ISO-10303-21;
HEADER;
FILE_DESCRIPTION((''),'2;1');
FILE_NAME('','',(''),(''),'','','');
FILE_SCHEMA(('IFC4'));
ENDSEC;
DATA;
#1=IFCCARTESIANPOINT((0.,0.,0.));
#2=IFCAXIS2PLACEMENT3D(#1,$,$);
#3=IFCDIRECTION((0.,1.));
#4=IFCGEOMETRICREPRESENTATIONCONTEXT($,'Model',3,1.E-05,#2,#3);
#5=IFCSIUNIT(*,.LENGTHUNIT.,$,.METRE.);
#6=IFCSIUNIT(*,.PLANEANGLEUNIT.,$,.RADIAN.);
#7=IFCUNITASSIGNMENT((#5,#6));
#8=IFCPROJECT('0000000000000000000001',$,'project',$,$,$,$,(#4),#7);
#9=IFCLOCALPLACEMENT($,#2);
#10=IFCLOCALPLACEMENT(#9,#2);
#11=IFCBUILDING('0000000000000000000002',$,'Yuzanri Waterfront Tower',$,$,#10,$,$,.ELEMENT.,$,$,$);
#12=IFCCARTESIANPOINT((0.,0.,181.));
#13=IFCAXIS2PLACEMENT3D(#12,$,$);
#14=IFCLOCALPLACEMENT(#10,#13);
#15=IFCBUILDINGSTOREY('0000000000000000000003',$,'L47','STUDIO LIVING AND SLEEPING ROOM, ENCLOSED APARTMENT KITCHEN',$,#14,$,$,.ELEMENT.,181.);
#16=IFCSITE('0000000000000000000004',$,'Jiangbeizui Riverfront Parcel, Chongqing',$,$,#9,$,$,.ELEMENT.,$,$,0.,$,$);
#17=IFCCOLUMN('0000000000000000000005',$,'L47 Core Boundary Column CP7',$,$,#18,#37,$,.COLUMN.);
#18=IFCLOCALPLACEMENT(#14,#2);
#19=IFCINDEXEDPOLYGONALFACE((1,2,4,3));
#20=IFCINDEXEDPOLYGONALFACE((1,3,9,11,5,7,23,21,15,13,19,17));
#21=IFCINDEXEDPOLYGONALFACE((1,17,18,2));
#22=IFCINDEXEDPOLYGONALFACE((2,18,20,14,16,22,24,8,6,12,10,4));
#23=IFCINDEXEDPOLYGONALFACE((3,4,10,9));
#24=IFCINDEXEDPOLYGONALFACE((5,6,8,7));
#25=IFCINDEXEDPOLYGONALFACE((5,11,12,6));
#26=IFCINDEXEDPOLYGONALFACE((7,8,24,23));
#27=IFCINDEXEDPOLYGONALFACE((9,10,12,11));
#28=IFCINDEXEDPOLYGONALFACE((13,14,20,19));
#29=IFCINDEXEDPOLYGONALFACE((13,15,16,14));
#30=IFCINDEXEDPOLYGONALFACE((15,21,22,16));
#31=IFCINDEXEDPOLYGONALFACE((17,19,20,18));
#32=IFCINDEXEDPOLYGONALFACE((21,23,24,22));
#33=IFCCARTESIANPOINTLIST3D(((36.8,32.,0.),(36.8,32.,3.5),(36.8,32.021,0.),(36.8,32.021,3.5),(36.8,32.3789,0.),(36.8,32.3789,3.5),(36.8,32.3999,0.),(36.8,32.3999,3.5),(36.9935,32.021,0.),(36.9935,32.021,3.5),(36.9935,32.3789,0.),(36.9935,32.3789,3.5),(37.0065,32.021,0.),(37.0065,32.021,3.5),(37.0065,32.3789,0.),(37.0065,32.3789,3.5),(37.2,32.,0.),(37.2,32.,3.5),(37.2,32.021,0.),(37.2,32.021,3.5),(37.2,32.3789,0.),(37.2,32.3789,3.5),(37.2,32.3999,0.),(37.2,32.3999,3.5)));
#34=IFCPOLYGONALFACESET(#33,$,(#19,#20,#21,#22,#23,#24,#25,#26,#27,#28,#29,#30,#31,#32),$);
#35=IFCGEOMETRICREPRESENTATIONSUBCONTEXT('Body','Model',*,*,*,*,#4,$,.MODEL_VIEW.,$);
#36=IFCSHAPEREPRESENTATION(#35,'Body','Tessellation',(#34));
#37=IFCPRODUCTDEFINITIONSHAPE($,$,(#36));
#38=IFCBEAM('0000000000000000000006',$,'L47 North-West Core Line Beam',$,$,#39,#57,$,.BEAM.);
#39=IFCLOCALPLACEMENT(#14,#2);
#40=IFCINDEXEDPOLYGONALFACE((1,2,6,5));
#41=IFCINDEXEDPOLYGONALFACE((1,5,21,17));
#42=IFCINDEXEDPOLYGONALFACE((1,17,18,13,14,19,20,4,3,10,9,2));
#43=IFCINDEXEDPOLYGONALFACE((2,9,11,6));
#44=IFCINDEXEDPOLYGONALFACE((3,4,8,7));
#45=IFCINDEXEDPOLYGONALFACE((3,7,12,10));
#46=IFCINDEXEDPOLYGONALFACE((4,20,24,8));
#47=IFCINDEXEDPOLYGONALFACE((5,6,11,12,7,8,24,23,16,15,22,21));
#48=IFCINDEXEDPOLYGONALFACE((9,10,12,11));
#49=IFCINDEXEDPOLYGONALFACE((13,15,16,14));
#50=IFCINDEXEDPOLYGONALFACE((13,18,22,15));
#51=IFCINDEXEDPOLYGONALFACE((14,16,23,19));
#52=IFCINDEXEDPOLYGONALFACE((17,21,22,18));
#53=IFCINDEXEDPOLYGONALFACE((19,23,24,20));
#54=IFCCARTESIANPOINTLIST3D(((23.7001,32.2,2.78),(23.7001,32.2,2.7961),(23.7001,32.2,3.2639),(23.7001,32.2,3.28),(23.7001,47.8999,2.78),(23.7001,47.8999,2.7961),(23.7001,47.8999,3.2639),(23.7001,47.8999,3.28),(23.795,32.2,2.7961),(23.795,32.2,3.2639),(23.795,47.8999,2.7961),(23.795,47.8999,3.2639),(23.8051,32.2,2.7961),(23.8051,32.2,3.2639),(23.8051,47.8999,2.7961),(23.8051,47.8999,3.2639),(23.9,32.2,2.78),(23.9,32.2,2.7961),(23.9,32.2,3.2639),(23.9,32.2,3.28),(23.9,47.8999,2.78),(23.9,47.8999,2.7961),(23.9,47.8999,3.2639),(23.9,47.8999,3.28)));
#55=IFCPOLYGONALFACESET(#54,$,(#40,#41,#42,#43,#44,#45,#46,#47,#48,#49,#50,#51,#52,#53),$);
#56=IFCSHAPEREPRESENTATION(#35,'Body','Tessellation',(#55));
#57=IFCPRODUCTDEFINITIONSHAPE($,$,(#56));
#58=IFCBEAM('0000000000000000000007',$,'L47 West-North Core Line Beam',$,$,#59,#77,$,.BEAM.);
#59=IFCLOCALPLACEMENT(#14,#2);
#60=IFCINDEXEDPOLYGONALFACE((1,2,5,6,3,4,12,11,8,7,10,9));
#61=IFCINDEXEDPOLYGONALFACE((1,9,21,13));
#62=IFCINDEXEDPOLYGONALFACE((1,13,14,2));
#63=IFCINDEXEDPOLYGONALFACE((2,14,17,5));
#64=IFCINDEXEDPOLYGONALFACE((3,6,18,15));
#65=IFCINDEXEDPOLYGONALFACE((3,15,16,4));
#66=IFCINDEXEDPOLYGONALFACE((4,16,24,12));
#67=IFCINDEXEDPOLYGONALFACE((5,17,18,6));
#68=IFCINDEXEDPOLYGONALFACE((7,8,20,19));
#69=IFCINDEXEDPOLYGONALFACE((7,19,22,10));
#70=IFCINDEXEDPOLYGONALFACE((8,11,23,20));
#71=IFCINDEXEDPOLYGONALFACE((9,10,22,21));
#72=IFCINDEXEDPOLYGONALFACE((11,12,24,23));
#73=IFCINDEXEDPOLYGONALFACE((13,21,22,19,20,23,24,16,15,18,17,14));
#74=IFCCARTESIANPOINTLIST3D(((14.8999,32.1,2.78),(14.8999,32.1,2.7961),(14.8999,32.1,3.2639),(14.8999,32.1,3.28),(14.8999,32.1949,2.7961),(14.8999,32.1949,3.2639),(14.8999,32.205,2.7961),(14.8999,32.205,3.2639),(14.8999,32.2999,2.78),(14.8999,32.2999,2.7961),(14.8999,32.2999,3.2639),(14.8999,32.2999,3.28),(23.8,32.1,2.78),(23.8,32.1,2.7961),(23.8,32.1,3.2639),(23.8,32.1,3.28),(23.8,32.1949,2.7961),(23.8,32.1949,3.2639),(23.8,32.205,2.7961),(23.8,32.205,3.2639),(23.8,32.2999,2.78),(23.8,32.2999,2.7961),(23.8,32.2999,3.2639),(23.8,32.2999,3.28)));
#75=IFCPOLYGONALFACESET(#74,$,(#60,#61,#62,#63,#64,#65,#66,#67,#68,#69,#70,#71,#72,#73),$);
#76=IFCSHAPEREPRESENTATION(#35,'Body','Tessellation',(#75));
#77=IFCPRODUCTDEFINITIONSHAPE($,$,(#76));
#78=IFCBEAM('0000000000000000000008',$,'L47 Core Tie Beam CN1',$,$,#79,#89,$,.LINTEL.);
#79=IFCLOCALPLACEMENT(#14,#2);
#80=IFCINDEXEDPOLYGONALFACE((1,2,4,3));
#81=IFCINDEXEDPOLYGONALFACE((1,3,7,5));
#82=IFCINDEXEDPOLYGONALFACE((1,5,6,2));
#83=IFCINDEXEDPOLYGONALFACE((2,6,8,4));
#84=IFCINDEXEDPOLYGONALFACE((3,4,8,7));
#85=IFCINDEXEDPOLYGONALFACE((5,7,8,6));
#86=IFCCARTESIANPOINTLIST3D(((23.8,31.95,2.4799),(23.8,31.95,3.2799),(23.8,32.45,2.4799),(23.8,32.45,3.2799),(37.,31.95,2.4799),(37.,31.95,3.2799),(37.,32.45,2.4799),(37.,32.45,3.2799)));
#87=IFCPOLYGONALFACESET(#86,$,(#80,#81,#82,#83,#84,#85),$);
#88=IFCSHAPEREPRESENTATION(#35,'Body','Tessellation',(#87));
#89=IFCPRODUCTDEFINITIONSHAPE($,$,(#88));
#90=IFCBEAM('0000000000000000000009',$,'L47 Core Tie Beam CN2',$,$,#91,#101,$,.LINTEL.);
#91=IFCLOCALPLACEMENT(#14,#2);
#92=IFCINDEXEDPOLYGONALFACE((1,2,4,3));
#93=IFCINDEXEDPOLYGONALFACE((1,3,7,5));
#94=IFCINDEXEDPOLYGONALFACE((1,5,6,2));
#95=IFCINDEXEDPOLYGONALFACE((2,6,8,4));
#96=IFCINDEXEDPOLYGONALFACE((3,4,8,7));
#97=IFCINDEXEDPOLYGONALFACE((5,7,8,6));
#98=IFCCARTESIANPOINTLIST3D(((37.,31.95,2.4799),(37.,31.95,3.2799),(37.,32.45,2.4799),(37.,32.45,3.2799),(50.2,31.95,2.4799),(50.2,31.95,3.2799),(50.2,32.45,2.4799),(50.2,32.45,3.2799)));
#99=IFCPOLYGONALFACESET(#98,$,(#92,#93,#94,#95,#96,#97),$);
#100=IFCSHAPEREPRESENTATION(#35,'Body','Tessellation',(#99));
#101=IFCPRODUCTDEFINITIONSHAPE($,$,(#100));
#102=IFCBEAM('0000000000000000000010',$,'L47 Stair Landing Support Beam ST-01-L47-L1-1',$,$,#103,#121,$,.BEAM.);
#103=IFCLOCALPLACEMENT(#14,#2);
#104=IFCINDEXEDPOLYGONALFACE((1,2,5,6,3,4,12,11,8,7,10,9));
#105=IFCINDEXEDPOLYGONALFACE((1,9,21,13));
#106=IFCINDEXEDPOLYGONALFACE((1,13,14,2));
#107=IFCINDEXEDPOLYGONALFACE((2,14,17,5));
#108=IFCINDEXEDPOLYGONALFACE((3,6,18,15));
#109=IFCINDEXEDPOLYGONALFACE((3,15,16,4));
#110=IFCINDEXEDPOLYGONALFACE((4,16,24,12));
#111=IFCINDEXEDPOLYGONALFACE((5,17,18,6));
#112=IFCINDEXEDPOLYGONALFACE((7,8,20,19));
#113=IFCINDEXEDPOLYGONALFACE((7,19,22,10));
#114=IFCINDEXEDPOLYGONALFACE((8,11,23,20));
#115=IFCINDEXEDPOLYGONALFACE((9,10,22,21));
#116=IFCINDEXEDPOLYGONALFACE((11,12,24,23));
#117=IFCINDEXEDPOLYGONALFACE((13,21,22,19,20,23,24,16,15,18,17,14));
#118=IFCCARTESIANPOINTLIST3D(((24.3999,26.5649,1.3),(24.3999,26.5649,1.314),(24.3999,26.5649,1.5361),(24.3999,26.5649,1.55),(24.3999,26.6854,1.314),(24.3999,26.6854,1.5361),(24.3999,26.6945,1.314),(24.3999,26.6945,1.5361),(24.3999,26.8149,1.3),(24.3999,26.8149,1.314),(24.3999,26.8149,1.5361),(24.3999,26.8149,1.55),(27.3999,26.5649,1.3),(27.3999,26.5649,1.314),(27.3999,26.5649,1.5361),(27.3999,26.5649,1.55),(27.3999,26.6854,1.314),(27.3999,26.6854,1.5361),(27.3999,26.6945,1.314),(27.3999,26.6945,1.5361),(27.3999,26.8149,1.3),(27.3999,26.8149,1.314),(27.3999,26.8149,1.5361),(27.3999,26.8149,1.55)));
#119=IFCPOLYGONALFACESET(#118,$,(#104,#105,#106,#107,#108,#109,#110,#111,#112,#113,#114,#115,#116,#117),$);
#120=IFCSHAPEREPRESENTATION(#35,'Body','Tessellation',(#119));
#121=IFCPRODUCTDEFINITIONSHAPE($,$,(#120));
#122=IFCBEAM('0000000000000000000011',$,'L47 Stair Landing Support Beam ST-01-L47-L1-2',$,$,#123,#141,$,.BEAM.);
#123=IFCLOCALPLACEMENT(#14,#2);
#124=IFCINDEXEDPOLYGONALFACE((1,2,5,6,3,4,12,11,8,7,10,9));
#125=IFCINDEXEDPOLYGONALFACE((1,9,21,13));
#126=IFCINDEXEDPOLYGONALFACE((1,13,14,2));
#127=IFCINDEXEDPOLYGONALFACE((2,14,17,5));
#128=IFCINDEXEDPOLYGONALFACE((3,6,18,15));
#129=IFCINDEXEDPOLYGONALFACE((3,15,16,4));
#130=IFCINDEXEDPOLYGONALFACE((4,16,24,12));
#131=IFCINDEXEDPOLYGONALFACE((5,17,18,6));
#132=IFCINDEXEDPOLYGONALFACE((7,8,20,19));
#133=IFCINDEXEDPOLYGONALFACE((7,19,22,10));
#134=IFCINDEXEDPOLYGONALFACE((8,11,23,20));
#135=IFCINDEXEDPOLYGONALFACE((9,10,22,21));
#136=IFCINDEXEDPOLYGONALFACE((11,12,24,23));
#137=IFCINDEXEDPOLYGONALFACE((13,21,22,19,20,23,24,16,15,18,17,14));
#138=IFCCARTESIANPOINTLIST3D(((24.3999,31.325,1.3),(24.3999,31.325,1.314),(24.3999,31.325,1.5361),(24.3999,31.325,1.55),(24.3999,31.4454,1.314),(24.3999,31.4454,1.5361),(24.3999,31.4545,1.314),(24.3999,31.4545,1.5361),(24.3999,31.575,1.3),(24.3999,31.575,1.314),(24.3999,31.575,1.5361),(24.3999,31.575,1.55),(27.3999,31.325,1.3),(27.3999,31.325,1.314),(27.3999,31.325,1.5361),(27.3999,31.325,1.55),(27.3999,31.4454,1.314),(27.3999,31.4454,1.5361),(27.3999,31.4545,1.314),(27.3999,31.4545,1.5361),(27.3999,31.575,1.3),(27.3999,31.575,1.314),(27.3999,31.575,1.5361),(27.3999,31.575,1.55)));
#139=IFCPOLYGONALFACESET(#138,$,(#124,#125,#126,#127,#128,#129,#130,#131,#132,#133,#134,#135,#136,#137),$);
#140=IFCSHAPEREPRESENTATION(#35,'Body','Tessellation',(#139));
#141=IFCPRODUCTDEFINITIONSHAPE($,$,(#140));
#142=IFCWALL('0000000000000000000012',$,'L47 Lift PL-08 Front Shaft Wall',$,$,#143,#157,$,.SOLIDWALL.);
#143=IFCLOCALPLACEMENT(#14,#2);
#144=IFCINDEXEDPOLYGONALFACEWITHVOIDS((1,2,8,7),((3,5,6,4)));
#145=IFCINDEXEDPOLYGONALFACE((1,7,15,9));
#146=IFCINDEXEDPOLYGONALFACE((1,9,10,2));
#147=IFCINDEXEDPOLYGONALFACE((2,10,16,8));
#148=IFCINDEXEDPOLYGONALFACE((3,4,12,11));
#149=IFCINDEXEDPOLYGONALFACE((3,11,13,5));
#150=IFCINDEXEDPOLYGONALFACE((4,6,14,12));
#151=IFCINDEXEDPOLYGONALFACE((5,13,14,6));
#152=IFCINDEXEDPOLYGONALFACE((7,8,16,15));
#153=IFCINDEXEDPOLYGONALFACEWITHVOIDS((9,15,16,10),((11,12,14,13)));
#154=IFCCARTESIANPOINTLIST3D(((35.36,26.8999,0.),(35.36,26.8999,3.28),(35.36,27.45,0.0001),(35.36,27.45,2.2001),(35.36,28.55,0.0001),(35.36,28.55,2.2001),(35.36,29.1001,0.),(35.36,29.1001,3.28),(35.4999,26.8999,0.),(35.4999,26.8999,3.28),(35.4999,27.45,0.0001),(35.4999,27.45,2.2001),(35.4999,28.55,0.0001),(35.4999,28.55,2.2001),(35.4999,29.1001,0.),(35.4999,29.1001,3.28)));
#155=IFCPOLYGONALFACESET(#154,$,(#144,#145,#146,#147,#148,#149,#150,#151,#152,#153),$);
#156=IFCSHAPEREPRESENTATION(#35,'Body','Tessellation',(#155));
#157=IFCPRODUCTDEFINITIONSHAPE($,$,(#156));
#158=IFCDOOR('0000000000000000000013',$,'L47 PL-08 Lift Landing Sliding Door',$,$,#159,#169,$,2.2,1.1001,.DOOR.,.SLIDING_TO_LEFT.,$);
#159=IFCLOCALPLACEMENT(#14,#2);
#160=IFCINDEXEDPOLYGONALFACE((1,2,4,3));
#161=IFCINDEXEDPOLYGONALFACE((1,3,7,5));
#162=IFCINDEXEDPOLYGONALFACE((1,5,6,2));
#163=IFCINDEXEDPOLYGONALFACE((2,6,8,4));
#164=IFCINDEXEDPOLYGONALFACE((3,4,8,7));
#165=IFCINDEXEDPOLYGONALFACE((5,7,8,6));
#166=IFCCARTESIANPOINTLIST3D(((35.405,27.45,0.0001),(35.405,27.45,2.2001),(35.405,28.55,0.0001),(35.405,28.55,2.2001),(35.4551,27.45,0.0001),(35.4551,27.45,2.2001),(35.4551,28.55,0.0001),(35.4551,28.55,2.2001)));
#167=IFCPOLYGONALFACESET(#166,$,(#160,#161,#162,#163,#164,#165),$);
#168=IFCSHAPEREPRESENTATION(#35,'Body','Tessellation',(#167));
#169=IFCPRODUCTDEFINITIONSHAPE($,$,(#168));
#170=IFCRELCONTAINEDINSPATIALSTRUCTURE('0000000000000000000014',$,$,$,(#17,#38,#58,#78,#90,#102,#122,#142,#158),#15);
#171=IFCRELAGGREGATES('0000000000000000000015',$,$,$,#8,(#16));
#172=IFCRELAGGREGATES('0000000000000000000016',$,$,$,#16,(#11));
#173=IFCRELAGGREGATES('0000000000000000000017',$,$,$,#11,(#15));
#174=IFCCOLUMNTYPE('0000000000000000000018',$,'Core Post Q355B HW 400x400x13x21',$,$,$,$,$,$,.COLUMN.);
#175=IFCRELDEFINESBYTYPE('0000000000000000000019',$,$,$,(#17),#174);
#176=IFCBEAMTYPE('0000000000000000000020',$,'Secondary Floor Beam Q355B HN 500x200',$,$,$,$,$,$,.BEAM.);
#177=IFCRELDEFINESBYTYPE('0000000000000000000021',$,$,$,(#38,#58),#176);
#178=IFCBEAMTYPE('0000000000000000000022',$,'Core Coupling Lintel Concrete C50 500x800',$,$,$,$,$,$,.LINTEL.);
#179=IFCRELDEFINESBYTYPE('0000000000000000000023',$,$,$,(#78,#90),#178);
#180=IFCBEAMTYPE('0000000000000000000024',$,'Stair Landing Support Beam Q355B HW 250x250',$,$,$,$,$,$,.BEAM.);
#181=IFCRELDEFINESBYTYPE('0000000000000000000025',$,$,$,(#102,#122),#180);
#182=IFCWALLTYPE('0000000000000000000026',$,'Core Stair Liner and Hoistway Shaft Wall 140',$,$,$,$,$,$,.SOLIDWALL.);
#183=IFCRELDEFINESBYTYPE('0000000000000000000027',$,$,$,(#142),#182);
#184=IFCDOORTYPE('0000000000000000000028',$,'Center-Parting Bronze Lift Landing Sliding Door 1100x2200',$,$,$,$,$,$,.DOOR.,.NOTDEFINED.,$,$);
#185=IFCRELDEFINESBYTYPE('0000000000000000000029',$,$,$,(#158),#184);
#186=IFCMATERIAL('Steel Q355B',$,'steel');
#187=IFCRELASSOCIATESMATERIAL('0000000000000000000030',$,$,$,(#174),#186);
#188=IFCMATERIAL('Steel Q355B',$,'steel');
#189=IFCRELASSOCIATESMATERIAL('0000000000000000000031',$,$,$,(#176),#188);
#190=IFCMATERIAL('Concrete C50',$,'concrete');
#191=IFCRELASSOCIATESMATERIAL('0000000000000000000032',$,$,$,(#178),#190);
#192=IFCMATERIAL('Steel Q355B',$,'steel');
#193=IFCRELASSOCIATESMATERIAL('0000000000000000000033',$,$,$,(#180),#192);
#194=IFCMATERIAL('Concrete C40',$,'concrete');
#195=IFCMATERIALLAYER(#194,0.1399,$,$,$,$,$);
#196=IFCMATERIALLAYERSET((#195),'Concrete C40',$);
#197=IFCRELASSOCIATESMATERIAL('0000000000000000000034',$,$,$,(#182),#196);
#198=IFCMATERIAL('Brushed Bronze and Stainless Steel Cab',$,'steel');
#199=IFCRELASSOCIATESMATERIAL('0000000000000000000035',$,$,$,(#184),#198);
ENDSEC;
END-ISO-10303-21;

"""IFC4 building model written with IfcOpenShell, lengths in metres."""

from ifc_helpers import new_model, si_unit, direction, frame, frame_2d, origin, origin_2d, place, context, subcontext, project, spatial, rectangle, i_section, extrude, source, transform, mapped, material, layer, layer_set, material_profile, profile_set, type_object, element, fill, save


model = new_model("IFC4")

# Units and contexts
model_context = context("Model", 3, precision=1e-05, world=origin(), true_north=direction((0.0, 1.0)))
body_context = subcontext(model_context, "Body", "Model", "MODEL_VIEW")
ifc_project = project(units=[si_unit("LENGTHUNIT", "METRE"), si_unit("PLANEANGLEUNIT", "RADIAN")], contexts=[model_context])

# Site, building, storey
site_placement = place(None, origin())
site = spatial("IfcSite", under=ifc_project, at=site_placement, Name="Jiangbeizui Riverfront Parcel, Chongqing", CompositionType="ELEMENT", RefElevation=0.0)
building_placement = place(site_placement, origin())
building = spatial("IfcBuilding", under=site, at=building_placement, Name="Yuzanri Waterfront Tower", CompositionType="ELEMENT")
storey_placement = place(building_placement, frame((0.0, 0.0, 181.0)))
storey = spatial("IfcBuildingStorey", under=building, at=storey_placement, Name="L47", Description="STUDIO LIVING AND SLEEPING ROOM, ENCLOSED APARTMENT KITCHEN", CompositionType="ELEMENT", Elevation=181.0)

# Column
ifc_material_1 = material(Name="Steel Q355B", Category="steel")
ifc_material_profile_1 = material_profile(ifc_material_1, i_section(OverallWidth=0.3999, OverallDepth=0.3999, WebThickness=0.0129, FlangeThickness=0.021, at=origin_2d()), Name="HW 400x400x13x21")
ifc_profile_set_1 = profile_set([ifc_material_profile_1], Name="Steel Q355B")
column_type = type_object("IfcColumnType", Name="Core Post Q355B HW 400x400x13x21", PredefinedType="COLUMN", material=ifc_profile_set_1)
shared_shape_1 = source(origin(), body_context, "Body", "SweptSolid", [
    extrude(i_section(OverallWidth=0.3999, OverallDepth=0.3999, WebThickness=0.0129, FlangeThickness=0.021, at=origin_2d()), origin(), (0.0, 0.0, 1.0), 3.5),
])
column_placement = place(storey_placement, frame((37.0, 32.2, 0.0), z_axis=(0.0, 0.0, 1.0), x_axis=(1.0, 0.0, 0.0)))
element("IfcColumn", 1, at=column_placement, inside=storey, type_object=column_type, Name="L47 Core Boundary Column CP7", PredefinedType="COLUMN", context=body_context, shape_type="MappedRepresentation", body=[
    mapped(shared_shape_1, transform((0.0, 0.0, 0.0), scale=1.0)),
])

# Beams
ifc_material_2 = material(Name="Steel Q355B", Category="steel")
ifc_material_profile_2 = material_profile(ifc_material_2, i_section(OverallWidth=0.2, OverallDepth=0.5, WebThickness=0.01, FlangeThickness=0.0161, at=origin_2d()), Name="HN 500x200x10x16")
ifc_profile_set_2 = profile_set([ifc_material_profile_2], Name="Steel Q355B")
beam_type_1 = type_object("IfcBeamType", Name="Secondary Floor Beam Q355B HN 500x200", PredefinedType="BEAM", material=ifc_profile_set_2)
shared_shape_2 = source(origin(), body_context, "Body", "SweptSolid", [
    extrude(i_section(OverallWidth=0.2, OverallDepth=0.5, WebThickness=0.01, FlangeThickness=0.0161, at=origin_2d()), origin(), (0.0, 0.0, 1.0), 15.7),
])
beam_1_placement = place(storey_placement, frame((23.8, 32.2, 3.03), z_axis=(0.0, 1.0, 0.0), x_axis=(-1.0, 0.0, 0.0)))
element("IfcBeam", 2, at=beam_1_placement, inside=storey, type_object=beam_type_1, Name="L47 North-West Core Line Beam", PredefinedType="BEAM", context=body_context, shape_type="MappedRepresentation", body=[
    mapped(shared_shape_2, transform((0.0, 0.0, 0.0), scale=1.0)),
])
shared_shape_3 = source(origin(), body_context, "Body", "SweptSolid", [
    extrude(i_section(OverallWidth=0.2, OverallDepth=0.5, WebThickness=0.01, FlangeThickness=0.0161, at=origin_2d()), origin(), (0.0, 0.0, 1.0), 8.9001),
])
beam_2_placement = place(storey_placement, frame((23.8, 32.2, 3.03), z_axis=(-1.0, 0.0, 0.0), x_axis=(0.0, -1.0, 0.0)))
element("IfcBeam", 3, at=beam_2_placement, inside=storey, type_object=beam_type_1, Name="L47 West-North Core Line Beam", PredefinedType="BEAM", context=body_context, shape_type="MappedRepresentation", body=[
    mapped(shared_shape_3, transform((0.0, 0.0, 0.0), scale=1.0)),
])
ifc_material_3 = material(Name="Concrete C50", Category="concrete")
ifc_material_profile_3 = material_profile(ifc_material_3, rectangle(XDim=0.5, YDim=0.8, at=origin_2d()), Name="RC 500x800")
ifc_profile_set_3 = profile_set([ifc_material_profile_3], Name="Concrete C50")
beam_type_2 = type_object("IfcBeamType", Name="Core Coupling Lintel Concrete C50 500x800", PredefinedType="LINTEL", material=ifc_profile_set_3)
shared_shape_4 = source(origin(), body_context, "Body", "SweptSolid", [
    extrude(rectangle(XDim=0.5, YDim=0.8, at=origin_2d()), origin(), (0.0, 0.0, 1.0), 13.2),
])
for number, where, z_axis, x_axis, name in (
    (4, (23.8, 32.2, 2.8799), (1.0, 0.0, 0.0), (0.0, 1.0, 0.0), "L47 Core Tie Beam CN1"),
    (5, (37.0, 32.2, 2.8799), (1.0, 0.0, 0.0), (0.0, 1.0, 0.0), "L47 Core Tie Beam CN2"),
):
    element("IfcBeam", number, at=place(storey_placement, frame(where, z_axis=z_axis, x_axis=x_axis)), inside=storey, type_object=beam_type_2, Name=name, PredefinedType="LINTEL", context=body_context, shape_type="MappedRepresentation", body=[
        mapped(shared_shape_4, transform((0.0, 0.0, 0.0), scale=1.0)),
    ])
ifc_material_4 = material(Name="Steel Q355B", Category="steel")
ifc_material_profile_4 = material_profile(ifc_material_4, i_section(OverallWidth=0.25, OverallDepth=0.25, WebThickness=0.009, FlangeThickness=0.0139, at=origin_2d()), Name="HW 250x250x9x14")
ifc_profile_set_4 = profile_set([ifc_material_profile_4], Name="Steel Q355B")
beam_type_3 = type_object("IfcBeamType", Name="Stair Landing Support Beam Q355B HW 250x250", PredefinedType="BEAM", material=ifc_profile_set_4)
shared_shape_5 = source(origin(), body_context, "Body", "SweptSolid", [
    extrude(i_section(OverallWidth=0.25, OverallDepth=0.25, WebThickness=0.009, FlangeThickness=0.0139, at=origin_2d()), origin(), (0.0, 0.0, 1.0), 3.0),
])
for number, where, z_axis, x_axis, name in (
    (6, (24.3999, 26.6899, 1.425), (1.0, 0.0, 0.0), (0.0, 1.0, 0.0), "L47 Stair Landing Support Beam ST-01-L47-L1-1"),
    (7, (24.3999, 31.45, 1.425), (1.0, 0.0, 0.0), (0.0, 1.0, 0.0), "L47 Stair Landing Support Beam ST-01-L47-L1-2"),
):
    element("IfcBeam", number, at=place(storey_placement, frame(where, z_axis=z_axis, x_axis=x_axis)), inside=storey, type_object=beam_type_3, Name=name, PredefinedType="BEAM", context=body_context, shape_type="MappedRepresentation", body=[
        mapped(shared_shape_5, transform((0.0, 0.0, 0.0), scale=1.0)),
    ])

# Wall, opening, door
ifc_material_5 = material(Name="Concrete C40", Category="concrete")
ifc_layer_1 = layer(ifc_material_5, 0.1399)
ifc_layer_set_1 = layer_set([ifc_layer_1], Name="Concrete C40")
wall_type_1 = type_object("IfcWallType", Name="Core Stair Liner and Hoistway Shaft Wall 140", PredefinedType="SOLIDWALL", material=ifc_layer_set_1)
wall_1_placement = place(storey_placement, frame((35.4299, 26.8999, 0.0), z_axis=(0.0, 0.0, 1.0), x_axis=(0.0, 1.0, 0.0)))
wall_1 = element("IfcWall", 8, at=wall_1_placement, inside=storey, type_object=wall_type_1, Name="L47 Lift PL-08 Front Shaft Wall", PredefinedType="SOLIDWALL", context=body_context, shape_type="SweptSolid", body=[
    extrude(rectangle(XDim=2.2002, YDim=0.1399, at=frame_2d((1.1001, 0.0))), origin(), (0.0, 0.0, 1.0), 3.28),
])
opening_1_placement = place(wall_1_placement, frame((0.55, 0.0, 0.0)))
opening_1 = element("IfcOpeningElement", 9, at=opening_1_placement, cuts=wall_1, PredefinedType="OPENING", context=body_context, shape_type="SweptSolid", body=[
    extrude(rectangle(XDim=1.1001, YDim=2.2, at=frame_2d((0.55, 1.1001))), frame((0.0, 0.085, 0.0), z_axis=(0.0, -1.0, 0.0), x_axis=(1.0, 0.0, 0.0)), (0.0, 0.0, 1.0), 0.1697),
])
ifc_material_6 = material(Name="Brushed Bronze and Stainless Steel Cab", Category="steel")
door_type_1 = type_object("IfcDoorType", Name="Center-Parting Bronze Lift Landing Sliding Door 1100x2200", OperationType="NOTDEFINED", PredefinedType="DOOR", material=ifc_material_6)
shared_shape_6 = source(origin(), body_context, "Body", "SweptSolid", [
    extrude(rectangle(XDim=1.1001, YDim=2.2, at=frame_2d((0.55, 1.1001))), frame((0.0, 0.0249, 0.0), z_axis=(0.0, -1.0, 0.0), x_axis=(1.0, 0.0, 0.0)), (0.0, 0.0, 1.0), 0.05),
])
door_1_placement = place(opening_1_placement, origin())
door_1 = element("IfcDoor", 10, at=door_1_placement, inside=storey, type_object=door_type_1, Name="L47 PL-08 Lift Landing Sliding Door", OperationType="SLIDING_TO_LEFT", OverallHeight=2.2, OverallWidth=1.1001, PredefinedType="DOOR", context=body_context, shape_type="MappedRepresentation", body=[
    mapped(shared_shape_6, transform((0.0, 0.0, 0.0), scale=1.0)),
])
fill(opening_1, door_1)

save(model, "model.ifc")
